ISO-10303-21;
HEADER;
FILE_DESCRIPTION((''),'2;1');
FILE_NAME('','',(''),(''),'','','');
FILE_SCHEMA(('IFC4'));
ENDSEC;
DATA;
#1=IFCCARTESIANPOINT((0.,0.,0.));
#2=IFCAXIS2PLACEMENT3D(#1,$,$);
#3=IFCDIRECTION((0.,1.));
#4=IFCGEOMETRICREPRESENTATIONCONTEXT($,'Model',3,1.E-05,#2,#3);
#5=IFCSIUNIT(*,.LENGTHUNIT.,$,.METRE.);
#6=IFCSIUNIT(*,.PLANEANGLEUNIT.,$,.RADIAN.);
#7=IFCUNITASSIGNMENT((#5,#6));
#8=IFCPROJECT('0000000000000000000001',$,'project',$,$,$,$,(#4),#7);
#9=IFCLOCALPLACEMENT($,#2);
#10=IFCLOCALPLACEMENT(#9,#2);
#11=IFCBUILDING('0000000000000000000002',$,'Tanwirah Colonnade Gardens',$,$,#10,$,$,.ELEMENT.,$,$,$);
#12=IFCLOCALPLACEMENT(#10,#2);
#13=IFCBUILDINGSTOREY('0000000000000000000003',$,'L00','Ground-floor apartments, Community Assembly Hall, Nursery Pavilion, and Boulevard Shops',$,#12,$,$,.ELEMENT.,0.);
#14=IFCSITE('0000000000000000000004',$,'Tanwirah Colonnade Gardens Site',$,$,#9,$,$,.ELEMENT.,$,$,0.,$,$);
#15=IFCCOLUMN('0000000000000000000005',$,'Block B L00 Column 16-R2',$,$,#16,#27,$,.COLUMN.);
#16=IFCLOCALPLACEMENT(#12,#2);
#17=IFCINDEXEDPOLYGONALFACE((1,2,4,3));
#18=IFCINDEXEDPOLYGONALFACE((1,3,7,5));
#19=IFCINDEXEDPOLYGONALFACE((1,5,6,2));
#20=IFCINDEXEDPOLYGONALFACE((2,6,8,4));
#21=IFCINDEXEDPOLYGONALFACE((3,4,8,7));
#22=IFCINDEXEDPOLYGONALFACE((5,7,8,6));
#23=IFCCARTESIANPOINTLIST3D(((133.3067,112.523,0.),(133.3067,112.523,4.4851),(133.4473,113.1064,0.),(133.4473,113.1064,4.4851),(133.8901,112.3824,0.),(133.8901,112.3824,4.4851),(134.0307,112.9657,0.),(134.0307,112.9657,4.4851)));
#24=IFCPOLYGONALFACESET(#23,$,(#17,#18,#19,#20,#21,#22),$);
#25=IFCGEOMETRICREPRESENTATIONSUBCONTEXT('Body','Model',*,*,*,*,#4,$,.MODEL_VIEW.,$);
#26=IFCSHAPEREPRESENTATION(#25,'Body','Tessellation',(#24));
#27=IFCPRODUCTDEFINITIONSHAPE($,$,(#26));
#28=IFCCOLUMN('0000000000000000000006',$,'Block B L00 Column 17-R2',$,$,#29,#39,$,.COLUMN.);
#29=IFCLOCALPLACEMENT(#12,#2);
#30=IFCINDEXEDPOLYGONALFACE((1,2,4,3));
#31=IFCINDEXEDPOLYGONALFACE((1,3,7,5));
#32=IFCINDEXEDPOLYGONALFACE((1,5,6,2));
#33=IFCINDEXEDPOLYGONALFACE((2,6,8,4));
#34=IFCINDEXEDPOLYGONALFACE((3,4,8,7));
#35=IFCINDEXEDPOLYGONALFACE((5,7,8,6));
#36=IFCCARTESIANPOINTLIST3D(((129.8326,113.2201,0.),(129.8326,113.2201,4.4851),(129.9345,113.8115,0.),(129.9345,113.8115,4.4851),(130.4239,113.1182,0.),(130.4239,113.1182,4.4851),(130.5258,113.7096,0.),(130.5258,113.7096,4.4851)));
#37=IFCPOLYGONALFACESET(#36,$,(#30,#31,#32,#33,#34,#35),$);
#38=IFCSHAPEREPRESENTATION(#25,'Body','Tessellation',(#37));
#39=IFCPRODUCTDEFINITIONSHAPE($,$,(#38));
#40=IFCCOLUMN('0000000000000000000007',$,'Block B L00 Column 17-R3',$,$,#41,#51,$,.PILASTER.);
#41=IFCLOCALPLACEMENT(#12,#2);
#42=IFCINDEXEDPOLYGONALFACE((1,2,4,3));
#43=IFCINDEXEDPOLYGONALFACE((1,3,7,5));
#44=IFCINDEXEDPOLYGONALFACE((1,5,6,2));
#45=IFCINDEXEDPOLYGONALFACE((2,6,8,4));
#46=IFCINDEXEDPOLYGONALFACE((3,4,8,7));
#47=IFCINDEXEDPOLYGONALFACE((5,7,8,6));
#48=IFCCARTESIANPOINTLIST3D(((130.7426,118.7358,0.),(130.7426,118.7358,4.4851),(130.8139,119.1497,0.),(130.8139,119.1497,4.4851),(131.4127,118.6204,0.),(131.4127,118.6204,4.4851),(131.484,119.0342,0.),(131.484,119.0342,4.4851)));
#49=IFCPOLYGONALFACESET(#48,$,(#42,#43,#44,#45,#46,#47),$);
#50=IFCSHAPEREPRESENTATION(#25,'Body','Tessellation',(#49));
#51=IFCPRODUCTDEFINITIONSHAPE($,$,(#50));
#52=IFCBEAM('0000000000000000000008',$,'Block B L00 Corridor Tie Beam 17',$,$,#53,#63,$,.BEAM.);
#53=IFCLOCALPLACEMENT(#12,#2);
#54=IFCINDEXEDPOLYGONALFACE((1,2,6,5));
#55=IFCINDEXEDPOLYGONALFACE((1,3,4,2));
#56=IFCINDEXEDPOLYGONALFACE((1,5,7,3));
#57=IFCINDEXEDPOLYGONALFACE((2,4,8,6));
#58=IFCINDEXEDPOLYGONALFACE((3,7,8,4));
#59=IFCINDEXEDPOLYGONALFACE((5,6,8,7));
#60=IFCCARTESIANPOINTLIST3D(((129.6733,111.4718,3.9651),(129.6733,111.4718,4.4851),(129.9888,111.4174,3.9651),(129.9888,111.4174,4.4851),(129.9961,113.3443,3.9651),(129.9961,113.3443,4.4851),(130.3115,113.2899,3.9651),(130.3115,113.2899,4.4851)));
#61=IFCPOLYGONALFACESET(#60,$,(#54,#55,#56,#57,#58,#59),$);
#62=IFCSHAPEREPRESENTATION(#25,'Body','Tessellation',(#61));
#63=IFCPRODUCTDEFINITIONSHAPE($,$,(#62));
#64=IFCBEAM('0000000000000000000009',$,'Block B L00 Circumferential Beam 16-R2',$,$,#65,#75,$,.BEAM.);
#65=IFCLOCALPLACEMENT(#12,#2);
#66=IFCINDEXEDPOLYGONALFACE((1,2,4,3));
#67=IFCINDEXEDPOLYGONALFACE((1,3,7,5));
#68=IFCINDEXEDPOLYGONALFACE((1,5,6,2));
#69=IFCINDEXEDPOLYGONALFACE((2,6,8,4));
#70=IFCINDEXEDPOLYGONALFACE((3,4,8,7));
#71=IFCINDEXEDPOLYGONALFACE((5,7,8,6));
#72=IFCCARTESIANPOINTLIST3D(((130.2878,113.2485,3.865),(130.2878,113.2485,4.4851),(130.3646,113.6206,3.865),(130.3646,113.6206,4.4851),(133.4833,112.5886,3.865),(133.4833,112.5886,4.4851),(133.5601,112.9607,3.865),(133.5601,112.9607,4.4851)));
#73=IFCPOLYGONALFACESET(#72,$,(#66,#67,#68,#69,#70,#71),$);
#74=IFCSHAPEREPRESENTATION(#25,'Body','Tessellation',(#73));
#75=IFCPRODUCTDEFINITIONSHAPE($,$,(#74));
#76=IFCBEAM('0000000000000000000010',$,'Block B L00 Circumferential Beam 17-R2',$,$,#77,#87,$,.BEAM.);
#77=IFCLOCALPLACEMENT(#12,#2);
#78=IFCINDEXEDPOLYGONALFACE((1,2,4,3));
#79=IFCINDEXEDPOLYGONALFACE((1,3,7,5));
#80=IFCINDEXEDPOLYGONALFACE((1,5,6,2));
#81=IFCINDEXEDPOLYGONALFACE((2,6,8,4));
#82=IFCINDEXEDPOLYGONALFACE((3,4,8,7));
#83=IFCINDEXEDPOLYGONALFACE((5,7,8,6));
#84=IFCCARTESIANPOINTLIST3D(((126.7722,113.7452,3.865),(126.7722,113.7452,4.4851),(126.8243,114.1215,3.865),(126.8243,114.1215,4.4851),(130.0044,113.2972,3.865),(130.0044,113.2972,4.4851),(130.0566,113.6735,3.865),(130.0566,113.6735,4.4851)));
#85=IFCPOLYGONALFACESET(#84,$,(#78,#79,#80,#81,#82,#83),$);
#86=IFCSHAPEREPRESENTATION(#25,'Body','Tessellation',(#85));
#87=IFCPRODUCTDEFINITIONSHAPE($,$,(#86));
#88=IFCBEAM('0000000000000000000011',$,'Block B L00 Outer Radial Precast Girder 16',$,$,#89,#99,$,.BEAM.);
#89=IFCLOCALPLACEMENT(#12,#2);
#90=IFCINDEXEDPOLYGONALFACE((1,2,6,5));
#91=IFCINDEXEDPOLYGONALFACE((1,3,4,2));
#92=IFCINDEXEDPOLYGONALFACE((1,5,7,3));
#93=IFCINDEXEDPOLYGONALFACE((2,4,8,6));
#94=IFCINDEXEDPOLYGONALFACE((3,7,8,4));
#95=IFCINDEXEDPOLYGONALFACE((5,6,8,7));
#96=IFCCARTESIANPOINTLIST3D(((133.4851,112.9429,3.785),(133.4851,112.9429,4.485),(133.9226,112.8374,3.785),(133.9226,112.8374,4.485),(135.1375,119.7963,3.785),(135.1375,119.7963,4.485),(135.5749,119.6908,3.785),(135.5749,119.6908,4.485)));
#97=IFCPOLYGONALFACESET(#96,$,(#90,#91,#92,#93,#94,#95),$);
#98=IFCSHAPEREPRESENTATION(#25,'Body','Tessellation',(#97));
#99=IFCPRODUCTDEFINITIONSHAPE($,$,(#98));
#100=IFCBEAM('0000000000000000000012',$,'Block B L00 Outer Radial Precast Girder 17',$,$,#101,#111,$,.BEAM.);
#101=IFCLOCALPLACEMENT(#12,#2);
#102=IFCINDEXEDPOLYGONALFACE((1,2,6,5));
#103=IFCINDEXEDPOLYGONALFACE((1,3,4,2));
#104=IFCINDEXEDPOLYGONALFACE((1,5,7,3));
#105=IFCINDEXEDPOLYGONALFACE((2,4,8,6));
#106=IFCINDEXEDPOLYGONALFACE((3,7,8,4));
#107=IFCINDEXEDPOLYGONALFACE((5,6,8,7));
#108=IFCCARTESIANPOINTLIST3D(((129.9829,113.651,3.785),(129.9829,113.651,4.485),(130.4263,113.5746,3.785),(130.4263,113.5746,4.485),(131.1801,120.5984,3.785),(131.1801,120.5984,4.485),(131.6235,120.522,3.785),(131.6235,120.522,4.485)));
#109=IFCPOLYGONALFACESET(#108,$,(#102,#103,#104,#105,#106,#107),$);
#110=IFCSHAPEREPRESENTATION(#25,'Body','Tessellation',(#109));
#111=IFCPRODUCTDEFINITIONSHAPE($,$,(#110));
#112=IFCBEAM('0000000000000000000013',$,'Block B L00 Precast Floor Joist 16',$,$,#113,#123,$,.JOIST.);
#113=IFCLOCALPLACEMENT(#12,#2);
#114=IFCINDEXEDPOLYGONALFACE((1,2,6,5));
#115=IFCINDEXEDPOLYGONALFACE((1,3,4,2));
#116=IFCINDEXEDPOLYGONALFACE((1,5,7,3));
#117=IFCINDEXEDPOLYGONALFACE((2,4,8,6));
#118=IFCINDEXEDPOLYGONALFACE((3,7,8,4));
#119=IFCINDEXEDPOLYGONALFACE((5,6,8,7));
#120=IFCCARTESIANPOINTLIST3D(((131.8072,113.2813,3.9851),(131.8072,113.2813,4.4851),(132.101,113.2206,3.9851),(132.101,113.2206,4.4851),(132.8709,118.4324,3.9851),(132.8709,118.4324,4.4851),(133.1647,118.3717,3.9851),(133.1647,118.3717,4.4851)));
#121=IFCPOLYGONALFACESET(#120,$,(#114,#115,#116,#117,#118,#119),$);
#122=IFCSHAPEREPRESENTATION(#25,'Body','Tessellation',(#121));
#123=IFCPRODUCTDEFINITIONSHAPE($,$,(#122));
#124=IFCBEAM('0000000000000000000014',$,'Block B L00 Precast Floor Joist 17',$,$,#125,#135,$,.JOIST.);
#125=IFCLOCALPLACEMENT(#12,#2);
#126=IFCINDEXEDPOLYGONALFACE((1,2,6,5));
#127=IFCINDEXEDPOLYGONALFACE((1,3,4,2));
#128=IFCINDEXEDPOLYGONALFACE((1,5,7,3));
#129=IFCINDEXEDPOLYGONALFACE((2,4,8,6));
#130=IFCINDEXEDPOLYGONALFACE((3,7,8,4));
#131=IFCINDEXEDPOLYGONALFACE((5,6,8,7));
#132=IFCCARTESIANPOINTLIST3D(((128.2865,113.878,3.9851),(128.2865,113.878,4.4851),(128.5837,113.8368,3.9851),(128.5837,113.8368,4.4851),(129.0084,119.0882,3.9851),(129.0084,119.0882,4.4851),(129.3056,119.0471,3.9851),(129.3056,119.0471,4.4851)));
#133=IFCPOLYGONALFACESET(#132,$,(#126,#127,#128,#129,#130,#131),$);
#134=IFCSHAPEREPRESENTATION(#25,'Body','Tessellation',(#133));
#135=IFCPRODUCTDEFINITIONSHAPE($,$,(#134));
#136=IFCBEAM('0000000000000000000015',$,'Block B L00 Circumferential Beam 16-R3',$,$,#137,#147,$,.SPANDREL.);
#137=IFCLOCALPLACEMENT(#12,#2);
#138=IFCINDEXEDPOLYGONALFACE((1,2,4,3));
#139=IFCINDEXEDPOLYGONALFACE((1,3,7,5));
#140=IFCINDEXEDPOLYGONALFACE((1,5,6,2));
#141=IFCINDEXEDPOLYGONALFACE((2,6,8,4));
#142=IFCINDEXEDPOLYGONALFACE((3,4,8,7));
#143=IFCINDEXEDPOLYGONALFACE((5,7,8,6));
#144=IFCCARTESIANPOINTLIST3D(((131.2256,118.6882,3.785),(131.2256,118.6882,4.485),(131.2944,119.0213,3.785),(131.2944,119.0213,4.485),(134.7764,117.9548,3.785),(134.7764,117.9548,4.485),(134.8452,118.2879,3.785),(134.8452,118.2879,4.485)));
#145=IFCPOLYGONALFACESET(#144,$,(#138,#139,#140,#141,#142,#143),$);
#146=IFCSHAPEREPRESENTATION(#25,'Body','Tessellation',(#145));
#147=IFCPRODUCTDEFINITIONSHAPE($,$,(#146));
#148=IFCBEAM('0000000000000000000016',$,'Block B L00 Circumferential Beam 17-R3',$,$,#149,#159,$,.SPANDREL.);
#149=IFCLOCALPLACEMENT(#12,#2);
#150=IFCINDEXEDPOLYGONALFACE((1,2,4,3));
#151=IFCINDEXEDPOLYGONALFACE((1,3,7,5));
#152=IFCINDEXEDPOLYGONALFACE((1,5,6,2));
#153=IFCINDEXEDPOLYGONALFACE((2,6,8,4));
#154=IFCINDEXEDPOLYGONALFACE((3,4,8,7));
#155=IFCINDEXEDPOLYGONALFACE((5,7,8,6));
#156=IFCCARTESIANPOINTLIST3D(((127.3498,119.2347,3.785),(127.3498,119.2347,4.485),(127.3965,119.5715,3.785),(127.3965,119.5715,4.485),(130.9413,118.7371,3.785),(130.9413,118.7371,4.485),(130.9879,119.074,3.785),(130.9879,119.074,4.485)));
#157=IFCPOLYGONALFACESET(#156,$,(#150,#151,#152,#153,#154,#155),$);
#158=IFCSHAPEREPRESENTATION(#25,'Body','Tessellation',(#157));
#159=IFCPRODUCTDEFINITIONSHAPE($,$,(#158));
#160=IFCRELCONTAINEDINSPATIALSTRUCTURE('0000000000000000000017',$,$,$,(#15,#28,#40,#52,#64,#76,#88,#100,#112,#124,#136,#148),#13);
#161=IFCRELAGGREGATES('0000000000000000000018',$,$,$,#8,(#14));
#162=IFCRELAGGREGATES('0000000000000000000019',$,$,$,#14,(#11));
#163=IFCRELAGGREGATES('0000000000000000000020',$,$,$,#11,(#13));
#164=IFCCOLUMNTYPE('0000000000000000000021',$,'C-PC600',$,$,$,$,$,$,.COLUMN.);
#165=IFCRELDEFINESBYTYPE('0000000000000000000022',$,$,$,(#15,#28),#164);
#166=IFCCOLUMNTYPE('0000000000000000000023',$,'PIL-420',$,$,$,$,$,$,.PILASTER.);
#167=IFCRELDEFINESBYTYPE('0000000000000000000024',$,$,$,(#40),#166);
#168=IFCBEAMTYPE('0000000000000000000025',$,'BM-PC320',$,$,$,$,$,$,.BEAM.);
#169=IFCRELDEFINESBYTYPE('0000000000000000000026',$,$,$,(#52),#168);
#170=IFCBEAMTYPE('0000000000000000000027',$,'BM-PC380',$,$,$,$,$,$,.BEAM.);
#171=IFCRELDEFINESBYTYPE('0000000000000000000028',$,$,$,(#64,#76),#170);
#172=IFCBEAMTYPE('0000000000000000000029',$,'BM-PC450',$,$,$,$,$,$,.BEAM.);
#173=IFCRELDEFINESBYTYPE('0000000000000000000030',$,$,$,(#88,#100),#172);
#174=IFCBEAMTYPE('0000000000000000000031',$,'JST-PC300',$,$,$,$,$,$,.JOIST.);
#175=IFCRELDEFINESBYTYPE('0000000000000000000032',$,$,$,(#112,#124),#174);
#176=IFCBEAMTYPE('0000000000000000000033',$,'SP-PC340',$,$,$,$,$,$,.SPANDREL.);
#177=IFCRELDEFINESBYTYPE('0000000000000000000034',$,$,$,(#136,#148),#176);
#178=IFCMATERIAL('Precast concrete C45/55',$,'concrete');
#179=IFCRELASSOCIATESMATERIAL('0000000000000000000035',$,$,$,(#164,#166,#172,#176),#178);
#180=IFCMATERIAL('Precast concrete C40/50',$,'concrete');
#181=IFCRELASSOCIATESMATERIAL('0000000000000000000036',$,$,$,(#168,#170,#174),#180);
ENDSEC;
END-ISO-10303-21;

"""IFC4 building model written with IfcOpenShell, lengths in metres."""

from ifc_helpers import new_model, si_unit, direction, frame, origin, origin_2d, place, context, subcontext, project, spatial, rectangle, extrude, material, material_profile, profile_set, type_object, element, save


model = new_model("IFC4")

# Units and contexts
model_context = context("Model", 3, precision=1e-05, world=origin(), true_north=direction((0.0, 1.0)))
body_context = subcontext(model_context, "Body", "Model", "MODEL_VIEW")
ifc_project = project(units=[si_unit("LENGTHUNIT", "METRE"), si_unit("PLANEANGLEUNIT", "RADIAN")], contexts=[model_context])

# Site, building, storey
site_placement = place(None, origin())
site = spatial("IfcSite", under=ifc_project, at=site_placement, Name="Tanwirah Colonnade Gardens Site", CompositionType="ELEMENT", RefElevation=0.0)
building_placement = place(site_placement, origin())
building = spatial("IfcBuilding", under=site, at=building_placement, Name="Tanwirah Colonnade Gardens", CompositionType="ELEMENT")
storey_placement = place(building_placement, origin())
storey = spatial("IfcBuildingStorey", under=building, at=storey_placement, Name="L00", Description="Ground-floor apartments, Community Assembly Hall, Nursery Pavilion, and Boulevard Shops", CompositionType="ELEMENT", Elevation=0.0)

# Columns
ifc_material_1 = material(Name="Precast concrete C45/55", Category="concrete")
ifc_material_profile_1 = material_profile(ifc_material_1, rectangle(XDim=0.6001, YDim=0.6001, at=origin_2d()), Name="PC-COL 600x600")
ifc_profile_set_1 = profile_set([ifc_material_profile_1], Name="Precast concrete C45/55")
column_type_1 = type_object("IfcColumnType", Name="C-PC600", PredefinedType="COLUMN", material=ifc_profile_set_1)
for number, where, z_axis, x_axis, name in (
    (1, (133.6687, 112.7444, 0.0), (0.0, 0.0, 1.0), (0.234388, 0.972143, 0.0), "Block B L00 Column 16-R2"),
    (2, (130.1792, 113.4648, 0.0), (0.0, 0.0, 1.0), (0.169827, 0.985474, 0.0), "Block B L00 Column 17-R2"),
):
    element("IfcColumn", number, at=place(storey_placement, frame(where, z_axis=z_axis, x_axis=x_axis)), inside=storey, type_object=column_type_1, Name=name, PredefinedType="COLUMN", context=body_context, shape_type="SweptSolid", body=[
        extrude(rectangle(XDim=0.6001, YDim=0.6001, at=origin_2d()), origin(), (0.0, 0.0, 1.0), 4.4851),
    ])
ifc_material_profile_2 = material_profile(ifc_material_1, rectangle(XDim=0.4199, YDim=0.6799, at=origin_2d()), Name="PC-PIL 420x680")
ifc_profile_set_2 = profile_set([ifc_material_profile_2], Name="Precast concrete C45/55")
column_type_2 = type_object("IfcColumnType", Name="PIL-420", PredefinedType="PILASTER", material=ifc_profile_set_2)
column_placement = place(storey_placement, frame((131.1133, 118.885, 0.0), z_axis=(0.0, 0.0, 1.0), x_axis=(0.169827, 0.985474, 0.0)))
element("IfcColumn", 3, at=column_placement, inside=storey, type_object=column_type_2, Name="Block B L00 Column 17-R3", PredefinedType="PILASTER", context=body_context, shape_type="SweptSolid", body=[
    extrude(rectangle(XDim=0.4199, YDim=0.6799, at=origin_2d()), origin(), (0.0, 0.0, 1.0), 4.4851),
])

# Beams
ifc_material_2 = material(Name="Precast concrete C40/50", Category="concrete")
ifc_material_profile_3 = material_profile(ifc_material_2, rectangle(XDim=0.3201, YDim=0.52, at=origin_2d()), Name="PC-BM 320x520")
ifc_profile_set_3 = profile_set([ifc_material_profile_3], Name="Precast concrete C40/50")
beam_type_1 = type_object("IfcBeamType", Name="BM-PC320", PredefinedType="BEAM", material=ifc_profile_set_3)
beam_1_placement = place(storey_placement, frame((129.8311, 111.4446, 4.2251), z_axis=(0.169855, 0.985469, 0.0), x_axis=(-0.985469, 0.169855, 0.0)))
element("IfcBeam", 4, at=beam_1_placement, inside=storey, type_object=beam_type_1, Name="Block B L00 Corridor Tie Beam 17", PredefinedType="BEAM", context=body_context, shape_type="SweptSolid", body=[
    extrude(rectangle(XDim=0.3201, YDim=0.52, at=origin_2d()), origin(), (0.0, 0.0, 1.0), 1.9001),
])
ifc_material_profile_4 = material_profile(ifc_material_2, rectangle(XDim=0.3799, YDim=0.6201, at=origin_2d()), Name="PC-BM 380x620")
ifc_profile_set_4 = profile_set([ifc_material_profile_4], Name="Precast concrete C40/50")
beam_type_2 = type_object("IfcBeamType", Name="BM-PC380", PredefinedType="BEAM", material=ifc_profile_set_4)
beam_2_placement = place(storey_placement, frame((133.5217, 112.7747, 4.175), z_axis=(-0.979336, 0.202242, 0.0), x_axis=(-0.202242, -0.979336, 0.0)))
element("IfcBeam", 5, at=beam_2_placement, inside=storey, type_object=beam_type_2, Name="Block B L00 Circumferential Beam 16-R2", PredefinedType="BEAM", context=body_context, shape_type="SweptSolid", body=[
    extrude(rectangle(XDim=0.3799, YDim=0.6201, at=origin_2d()), origin(), (0.0, 0.0, 1.0), 3.2629),
])
beam_3_placement = place(storey_placement, frame((130.0305, 113.4854, 4.175), z_axis=(-0.99053, 0.137293, 0.0), x_axis=(-0.137293, -0.99053, 0.0)))
element("IfcBeam", 6, at=beam_3_placement, inside=storey, type_object=beam_type_2, Name="Block B L00 Circumferential Beam 17-R2", PredefinedType="BEAM", context=body_context, shape_type="SweptSolid", body=[
    extrude(rectangle(XDim=0.3799, YDim=0.6201, at=origin_2d()), origin(), (0.0, 0.0, 1.0), 3.2632),
])
ifc_material_profile_5 = material_profile(ifc_material_1, rectangle(XDim=0.45, YDim=0.7, at=origin_2d()), Name="PC-BM 450x700")
ifc_profile_set_5 = profile_set([ifc_material_profile_5], Name="Precast concrete C45/55")
beam_type_3 = type_object("IfcBeamType", Name="BM-PC450", PredefinedType="BEAM", material=ifc_profile_set_5)
for number, where, z_axis, x_axis, name in (
    (7, (133.7039, 112.8901, 4.135), (0.234379, 0.972145, 0.0), (-0.972145, 0.234379, 0.0), "Block B L00 Outer Radial Precast Girder 16"),
    (8, (130.2046, 113.6128, 4.135), (0.169827, 0.985474, 0.0), (-0.985474, 0.169827, 0.0), "Block B L00 Outer Radial Precast Girder 17"),
):
    element("IfcBeam", number, at=place(storey_placement, frame(where, z_axis=z_axis, x_axis=x_axis)), inside=storey, type_object=beam_type_3, Name=name, PredefinedType="BEAM", context=body_context, shape_type="SweptSolid", body=[
        extrude(rectangle(XDim=0.45, YDim=0.7, at=origin_2d()), origin(), (0.0, 0.0, 1.0), 7.0498),
    ])
ifc_material_profile_6 = material_profile(ifc_material_2, rectangle(XDim=0.3, YDim=0.5, at=origin_2d()), Name="PC-JST 300x500")
ifc_profile_set_6 = profile_set([ifc_material_profile_6], Name="Precast concrete C40/50")
beam_type_4 = type_object("IfcBeamType", Name="JST-PC300", PredefinedType="JOIST", material=ifc_profile_set_6)
beam_4_placement = place(storey_placement, frame((131.9541, 113.251, 4.2351), z_axis=(0.202236, 0.979337, 0.0), x_axis=(-0.979337, 0.202236, 0.0)))
element("IfcBeam", 9, at=beam_4_placement, inside=storey, type_object=beam_type_4, Name="Block B L00 Precast Floor Joist 16", PredefinedType="JOIST", context=body_context, shape_type="SweptSolid", body=[
    extrude(rectangle(XDim=0.3, YDim=0.5, at=origin_2d()), origin(), (0.0, 0.0, 1.0), 5.2598),
])
beam_5_placement = place(storey_placement, frame((128.4351, 113.8574, 4.2351), z_axis=(0.137248, 0.990537, 0.0), x_axis=(-0.990537, 0.137248, 0.0)))
element("IfcBeam", 10, at=beam_5_placement, inside=storey, type_object=beam_type_4, Name="Block B L00 Precast Floor Joist 17", PredefinedType="JOIST", context=body_context, shape_type="SweptSolid", body=[
    extrude(rectangle(XDim=0.3, YDim=0.5, at=origin_2d()), origin(), (0.0, 0.0, 1.0), 5.26),
])
ifc_material_profile_7 = material_profile(ifc_material_1, rectangle(XDim=0.3401, YDim=0.7, at=origin_2d()), Name="PC-SP 340x700")
ifc_profile_set_7 = profile_set([ifc_material_profile_7], Name="Precast concrete C45/55")
beam_type_5 = type_object("IfcBeamType", Name="SP-PC340", PredefinedType="SPANDREL", material=ifc_profile_set_7)
for number, where, z_axis, x_axis, name in (
    (11, (134.8108, 118.1213, 4.135), (-0.979329, 0.202276, 0.0), (-0.202276, -0.979329, 0.0), "Block B L00 Circumferential Beam 16-R3"),
    (12, (130.9646, 118.9055, 4.135), (-0.990539, 0.137234, 0.0), (-0.137234, -0.990539, 0.0), "Block B L00 Circumferential Beam 17-R3"),
):
    element("IfcBeam", number, at=place(storey_placement, frame(where, z_axis=z_axis, x_axis=x_axis)), inside=storey, type_object=beam_type_5, Name=name, PredefinedType="SPANDREL", context=body_context, shape_type="SweptSolid", body=[
        extrude(rectangle(XDim=0.3401, YDim=0.7, at=origin_2d()), origin(), (0.0, 0.0, 1.0), 3.6257),
    ])

save(model, "model.ifc")
